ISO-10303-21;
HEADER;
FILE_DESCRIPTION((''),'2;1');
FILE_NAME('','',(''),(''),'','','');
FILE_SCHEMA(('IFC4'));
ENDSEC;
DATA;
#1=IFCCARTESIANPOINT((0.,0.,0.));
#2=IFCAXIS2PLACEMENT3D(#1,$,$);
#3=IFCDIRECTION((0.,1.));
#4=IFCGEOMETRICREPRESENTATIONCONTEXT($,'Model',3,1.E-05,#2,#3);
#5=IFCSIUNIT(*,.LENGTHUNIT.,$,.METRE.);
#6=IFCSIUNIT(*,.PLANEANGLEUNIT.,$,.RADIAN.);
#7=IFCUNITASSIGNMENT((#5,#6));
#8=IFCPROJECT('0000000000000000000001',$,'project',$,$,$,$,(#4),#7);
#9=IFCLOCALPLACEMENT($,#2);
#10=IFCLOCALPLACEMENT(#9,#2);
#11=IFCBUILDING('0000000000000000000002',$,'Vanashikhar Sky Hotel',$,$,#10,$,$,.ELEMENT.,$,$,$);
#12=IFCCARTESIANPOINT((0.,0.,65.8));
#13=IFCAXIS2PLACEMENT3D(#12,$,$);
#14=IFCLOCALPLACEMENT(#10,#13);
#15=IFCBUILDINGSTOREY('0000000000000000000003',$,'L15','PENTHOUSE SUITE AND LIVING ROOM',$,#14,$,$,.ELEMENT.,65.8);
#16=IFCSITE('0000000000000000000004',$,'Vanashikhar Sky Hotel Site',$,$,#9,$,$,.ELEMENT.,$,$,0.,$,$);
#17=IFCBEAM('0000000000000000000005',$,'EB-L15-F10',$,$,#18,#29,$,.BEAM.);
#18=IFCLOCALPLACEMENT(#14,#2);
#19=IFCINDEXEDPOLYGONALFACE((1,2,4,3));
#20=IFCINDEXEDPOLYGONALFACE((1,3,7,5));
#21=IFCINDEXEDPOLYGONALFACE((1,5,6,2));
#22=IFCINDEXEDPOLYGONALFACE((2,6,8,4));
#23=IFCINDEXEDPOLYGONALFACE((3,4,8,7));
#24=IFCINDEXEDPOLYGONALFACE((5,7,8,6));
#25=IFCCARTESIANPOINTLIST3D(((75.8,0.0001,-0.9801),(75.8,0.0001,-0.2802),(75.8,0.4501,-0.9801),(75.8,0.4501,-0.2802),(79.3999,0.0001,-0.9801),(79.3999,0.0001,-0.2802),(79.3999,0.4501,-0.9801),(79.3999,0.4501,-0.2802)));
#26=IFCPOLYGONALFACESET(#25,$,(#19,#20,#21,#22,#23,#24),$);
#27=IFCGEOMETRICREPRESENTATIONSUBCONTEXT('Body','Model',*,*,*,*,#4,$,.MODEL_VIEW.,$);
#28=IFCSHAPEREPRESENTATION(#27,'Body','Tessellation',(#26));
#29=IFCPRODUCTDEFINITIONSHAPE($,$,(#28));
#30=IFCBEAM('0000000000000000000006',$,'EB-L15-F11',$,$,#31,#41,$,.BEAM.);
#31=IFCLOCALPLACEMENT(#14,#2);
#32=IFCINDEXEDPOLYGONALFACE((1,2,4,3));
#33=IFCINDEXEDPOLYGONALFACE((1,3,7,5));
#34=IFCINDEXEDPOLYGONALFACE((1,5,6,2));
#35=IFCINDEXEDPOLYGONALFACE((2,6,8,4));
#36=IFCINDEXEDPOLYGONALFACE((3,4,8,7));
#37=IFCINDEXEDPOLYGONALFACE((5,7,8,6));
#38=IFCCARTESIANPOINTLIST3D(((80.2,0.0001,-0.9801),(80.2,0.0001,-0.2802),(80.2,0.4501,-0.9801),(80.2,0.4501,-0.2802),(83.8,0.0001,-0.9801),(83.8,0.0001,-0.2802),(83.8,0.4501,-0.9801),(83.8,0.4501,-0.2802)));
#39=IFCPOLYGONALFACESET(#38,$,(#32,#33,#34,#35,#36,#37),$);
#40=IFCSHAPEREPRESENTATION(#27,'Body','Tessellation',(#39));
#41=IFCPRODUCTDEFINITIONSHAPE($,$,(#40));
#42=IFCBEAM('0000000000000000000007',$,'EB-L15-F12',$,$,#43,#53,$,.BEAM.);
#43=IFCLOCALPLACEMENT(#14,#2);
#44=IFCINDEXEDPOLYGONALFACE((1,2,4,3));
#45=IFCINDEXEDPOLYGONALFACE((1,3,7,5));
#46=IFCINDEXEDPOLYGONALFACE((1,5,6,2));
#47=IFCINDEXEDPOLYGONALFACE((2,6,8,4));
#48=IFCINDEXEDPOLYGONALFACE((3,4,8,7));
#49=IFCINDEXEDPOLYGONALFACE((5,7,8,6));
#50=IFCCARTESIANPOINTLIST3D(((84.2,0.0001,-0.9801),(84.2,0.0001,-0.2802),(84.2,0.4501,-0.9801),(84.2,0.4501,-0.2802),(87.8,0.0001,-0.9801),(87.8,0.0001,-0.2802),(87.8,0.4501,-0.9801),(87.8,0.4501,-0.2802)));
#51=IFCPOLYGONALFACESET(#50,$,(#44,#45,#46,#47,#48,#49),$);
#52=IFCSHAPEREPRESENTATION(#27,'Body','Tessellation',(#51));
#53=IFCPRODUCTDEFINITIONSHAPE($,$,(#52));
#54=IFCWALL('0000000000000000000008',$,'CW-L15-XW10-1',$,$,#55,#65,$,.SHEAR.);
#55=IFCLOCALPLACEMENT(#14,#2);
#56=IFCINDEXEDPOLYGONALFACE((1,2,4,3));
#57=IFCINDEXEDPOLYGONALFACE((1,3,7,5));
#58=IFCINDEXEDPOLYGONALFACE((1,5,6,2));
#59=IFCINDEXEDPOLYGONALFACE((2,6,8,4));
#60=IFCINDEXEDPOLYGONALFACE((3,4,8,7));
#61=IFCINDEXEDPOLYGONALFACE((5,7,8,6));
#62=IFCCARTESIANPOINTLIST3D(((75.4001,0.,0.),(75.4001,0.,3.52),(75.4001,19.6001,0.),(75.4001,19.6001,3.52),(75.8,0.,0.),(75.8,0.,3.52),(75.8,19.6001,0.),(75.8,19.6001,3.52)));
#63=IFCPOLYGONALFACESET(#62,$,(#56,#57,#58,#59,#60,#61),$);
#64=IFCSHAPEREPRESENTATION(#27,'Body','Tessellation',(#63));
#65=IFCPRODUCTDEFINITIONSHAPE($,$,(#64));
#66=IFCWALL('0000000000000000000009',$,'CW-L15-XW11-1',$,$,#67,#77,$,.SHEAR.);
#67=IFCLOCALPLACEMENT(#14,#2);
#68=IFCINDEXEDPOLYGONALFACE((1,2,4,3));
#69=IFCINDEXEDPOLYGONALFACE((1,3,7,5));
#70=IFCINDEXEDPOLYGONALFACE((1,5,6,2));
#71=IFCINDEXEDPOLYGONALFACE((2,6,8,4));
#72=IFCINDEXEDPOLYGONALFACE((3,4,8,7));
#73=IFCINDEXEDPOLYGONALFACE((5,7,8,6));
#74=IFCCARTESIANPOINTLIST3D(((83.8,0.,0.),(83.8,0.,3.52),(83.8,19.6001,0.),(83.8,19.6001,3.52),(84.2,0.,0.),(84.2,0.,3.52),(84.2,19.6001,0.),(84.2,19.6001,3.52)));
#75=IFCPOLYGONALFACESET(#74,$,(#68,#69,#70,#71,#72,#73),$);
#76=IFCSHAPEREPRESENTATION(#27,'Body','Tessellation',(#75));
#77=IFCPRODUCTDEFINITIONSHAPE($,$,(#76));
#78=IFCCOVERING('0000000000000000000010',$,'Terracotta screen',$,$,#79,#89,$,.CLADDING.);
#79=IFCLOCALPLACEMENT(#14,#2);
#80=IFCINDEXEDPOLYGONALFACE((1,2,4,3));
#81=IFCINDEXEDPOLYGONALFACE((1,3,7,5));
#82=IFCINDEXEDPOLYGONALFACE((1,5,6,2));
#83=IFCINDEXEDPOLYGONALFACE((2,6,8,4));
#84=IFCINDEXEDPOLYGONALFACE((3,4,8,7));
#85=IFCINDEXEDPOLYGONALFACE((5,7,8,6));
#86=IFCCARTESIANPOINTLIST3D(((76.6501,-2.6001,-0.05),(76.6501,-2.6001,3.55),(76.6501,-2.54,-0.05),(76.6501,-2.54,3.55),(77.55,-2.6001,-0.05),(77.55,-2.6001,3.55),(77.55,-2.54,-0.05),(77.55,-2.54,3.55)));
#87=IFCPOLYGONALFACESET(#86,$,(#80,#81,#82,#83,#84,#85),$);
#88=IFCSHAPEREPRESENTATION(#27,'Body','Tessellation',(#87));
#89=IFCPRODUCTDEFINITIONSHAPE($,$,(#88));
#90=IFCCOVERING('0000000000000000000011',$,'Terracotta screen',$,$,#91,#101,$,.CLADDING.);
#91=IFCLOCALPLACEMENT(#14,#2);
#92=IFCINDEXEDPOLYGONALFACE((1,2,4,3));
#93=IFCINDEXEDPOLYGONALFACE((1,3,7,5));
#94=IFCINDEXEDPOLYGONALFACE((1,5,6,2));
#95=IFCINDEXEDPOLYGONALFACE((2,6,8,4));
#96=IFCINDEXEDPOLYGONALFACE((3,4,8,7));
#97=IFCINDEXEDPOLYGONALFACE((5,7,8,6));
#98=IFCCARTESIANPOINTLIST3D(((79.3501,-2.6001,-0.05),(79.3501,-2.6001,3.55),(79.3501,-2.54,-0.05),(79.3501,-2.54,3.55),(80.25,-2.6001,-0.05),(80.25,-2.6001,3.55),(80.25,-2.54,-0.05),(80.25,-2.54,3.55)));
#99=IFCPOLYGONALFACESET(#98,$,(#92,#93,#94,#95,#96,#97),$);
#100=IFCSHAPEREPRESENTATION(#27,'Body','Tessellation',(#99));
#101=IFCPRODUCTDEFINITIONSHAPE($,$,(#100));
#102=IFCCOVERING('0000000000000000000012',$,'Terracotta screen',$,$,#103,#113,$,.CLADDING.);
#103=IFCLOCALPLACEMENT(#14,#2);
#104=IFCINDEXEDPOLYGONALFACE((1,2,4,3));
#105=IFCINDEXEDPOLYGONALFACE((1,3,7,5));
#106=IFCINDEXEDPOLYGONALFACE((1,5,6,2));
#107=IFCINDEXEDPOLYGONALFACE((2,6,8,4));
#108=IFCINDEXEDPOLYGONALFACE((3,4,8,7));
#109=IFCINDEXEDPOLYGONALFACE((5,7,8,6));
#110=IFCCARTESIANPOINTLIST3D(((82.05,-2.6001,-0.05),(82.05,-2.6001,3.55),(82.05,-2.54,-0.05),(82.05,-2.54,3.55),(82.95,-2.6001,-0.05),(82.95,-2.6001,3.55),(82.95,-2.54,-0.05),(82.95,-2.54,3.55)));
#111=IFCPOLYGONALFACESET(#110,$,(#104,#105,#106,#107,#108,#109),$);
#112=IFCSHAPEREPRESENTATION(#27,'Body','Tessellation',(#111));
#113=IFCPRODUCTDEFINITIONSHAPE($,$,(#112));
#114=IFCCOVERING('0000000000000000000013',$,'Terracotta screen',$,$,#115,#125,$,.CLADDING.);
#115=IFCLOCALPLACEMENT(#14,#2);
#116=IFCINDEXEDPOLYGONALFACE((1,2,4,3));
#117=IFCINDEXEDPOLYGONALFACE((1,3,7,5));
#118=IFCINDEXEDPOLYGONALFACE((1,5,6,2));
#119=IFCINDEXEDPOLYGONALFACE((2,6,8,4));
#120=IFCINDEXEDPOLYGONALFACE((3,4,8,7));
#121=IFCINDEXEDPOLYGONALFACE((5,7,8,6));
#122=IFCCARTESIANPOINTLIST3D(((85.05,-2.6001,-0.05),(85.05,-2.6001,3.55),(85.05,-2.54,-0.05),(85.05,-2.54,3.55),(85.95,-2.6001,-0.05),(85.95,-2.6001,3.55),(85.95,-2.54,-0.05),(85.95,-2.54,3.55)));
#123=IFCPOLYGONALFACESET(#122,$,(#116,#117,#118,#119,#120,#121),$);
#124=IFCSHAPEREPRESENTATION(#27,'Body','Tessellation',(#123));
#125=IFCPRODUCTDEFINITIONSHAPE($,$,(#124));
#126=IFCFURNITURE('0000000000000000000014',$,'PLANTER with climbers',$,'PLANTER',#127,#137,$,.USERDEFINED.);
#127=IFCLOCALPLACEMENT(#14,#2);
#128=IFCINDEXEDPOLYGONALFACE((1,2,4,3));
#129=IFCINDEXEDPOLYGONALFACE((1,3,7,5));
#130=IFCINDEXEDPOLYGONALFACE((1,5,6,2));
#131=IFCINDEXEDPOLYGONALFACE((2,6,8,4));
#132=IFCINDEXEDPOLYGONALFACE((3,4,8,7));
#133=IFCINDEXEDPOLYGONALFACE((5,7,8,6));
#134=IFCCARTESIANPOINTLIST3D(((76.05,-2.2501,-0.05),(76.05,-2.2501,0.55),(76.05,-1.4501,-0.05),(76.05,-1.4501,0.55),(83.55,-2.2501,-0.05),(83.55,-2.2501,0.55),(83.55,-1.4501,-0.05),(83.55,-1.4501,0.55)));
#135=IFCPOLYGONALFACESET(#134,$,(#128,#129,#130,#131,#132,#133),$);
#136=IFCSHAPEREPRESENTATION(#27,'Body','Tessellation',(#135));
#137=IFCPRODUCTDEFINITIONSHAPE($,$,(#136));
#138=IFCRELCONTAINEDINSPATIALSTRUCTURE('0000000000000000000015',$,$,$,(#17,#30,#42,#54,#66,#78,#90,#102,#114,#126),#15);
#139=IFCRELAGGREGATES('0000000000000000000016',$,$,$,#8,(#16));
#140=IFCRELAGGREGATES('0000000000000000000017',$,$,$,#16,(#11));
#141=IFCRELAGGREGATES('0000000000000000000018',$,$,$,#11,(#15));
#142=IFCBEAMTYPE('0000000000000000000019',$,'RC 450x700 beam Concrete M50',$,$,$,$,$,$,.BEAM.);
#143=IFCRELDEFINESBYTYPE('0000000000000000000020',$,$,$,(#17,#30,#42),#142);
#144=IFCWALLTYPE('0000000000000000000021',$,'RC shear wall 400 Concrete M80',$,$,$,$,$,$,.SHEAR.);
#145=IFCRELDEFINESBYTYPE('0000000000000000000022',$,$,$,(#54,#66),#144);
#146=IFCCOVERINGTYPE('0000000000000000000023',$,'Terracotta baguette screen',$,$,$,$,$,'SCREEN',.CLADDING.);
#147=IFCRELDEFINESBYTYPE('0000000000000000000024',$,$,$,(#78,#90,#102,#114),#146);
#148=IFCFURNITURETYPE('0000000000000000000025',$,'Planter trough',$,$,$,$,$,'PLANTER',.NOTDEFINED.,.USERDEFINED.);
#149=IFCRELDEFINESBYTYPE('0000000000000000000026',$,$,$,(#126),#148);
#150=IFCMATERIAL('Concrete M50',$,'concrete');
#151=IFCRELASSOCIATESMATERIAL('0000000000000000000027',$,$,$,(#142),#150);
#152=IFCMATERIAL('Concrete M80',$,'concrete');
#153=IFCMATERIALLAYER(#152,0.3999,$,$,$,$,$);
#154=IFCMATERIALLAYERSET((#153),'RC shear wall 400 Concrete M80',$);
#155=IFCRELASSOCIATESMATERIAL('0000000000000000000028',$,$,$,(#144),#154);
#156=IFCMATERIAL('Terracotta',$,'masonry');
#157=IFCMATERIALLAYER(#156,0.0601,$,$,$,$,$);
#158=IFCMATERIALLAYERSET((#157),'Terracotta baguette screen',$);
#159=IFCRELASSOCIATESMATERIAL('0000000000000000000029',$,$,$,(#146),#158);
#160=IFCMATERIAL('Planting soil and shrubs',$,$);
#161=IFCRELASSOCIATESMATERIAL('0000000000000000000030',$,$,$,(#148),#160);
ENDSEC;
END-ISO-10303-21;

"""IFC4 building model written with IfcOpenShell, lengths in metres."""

from ifc_helpers import new_model, si_unit, direction, frame, frame_2d, origin, origin_2d, place, context, subcontext, project, spatial, rectangle, extrude, source, transform, mapped, material, layer, layer_set, material_profile, profile_set, type_object, element, save


model = new_model("IFC4")

# Units and contexts
model_context = context("Model", 3, precision=1e-05, world=origin(), true_north=direction((0.0, 1.0)))
body_context = subcontext(model_context, "Body", "Model", "MODEL_VIEW")
ifc_project = project(units=[si_unit("LENGTHUNIT", "METRE"), si_unit("PLANEANGLEUNIT", "RADIAN")], contexts=[model_context])

# Site, building, storey
site_placement = place(None, origin())
site = spatial("IfcSite", under=ifc_project, at=site_placement, Name="Vanashikhar Sky Hotel Site", CompositionType="ELEMENT", RefElevation=0.0)
building_placement = place(site_placement, origin())
building = spatial("IfcBuilding", under=site, at=building_placement, Name="Vanashikhar Sky Hotel", CompositionType="ELEMENT")
storey_placement = place(building_placement, frame((0.0, 0.0, 65.8)))
storey = spatial("IfcBuildingStorey", under=building, at=storey_placement, Name="L15", Description="PENTHOUSE SUITE AND LIVING ROOM", CompositionType="ELEMENT", Elevation=65.8)

# Beams
ifc_material_1 = material(Name="Concrete M50", Category="concrete")
ifc_material_profile = material_profile(ifc_material_1, rectangle(XDim=0.45, YDim=0.7, at=origin_2d()))
ifc_profile_set = profile_set([ifc_material_profile], Name="RC 450x700 beam Concrete M50")
beam_type = type_object("IfcBeamType", Name="RC 450x700 beam Concrete M50", PredefinedType="BEAM", material=ifc_profile_set)
shared_shape_1 = source(origin(), body_context, "Body", "SweptSolid", [
    extrude(rectangle(XDim=0.45, YDim=0.7, at=origin_2d()), origin(), (0.0, 0.0, 1.0), 3.5999),
])
beam_placement = place(storey_placement, frame((75.8, 0.2251, -0.6301), z_axis=(1.0, 0.0, 0.0), x_axis=(0.0, 1.0, 0.0)))
element("IfcBeam", 1, at=beam_placement, inside=storey, type_object=beam_type, Name="EB-L15-F10", PredefinedType="BEAM", context=body_context, shape_type="MappedRepresentation", body=[
    mapped(shared_shape_1, transform((0.0, 0.0, 0.0), scale=1.0)),
])
shared_shape_2 = source(origin(), body_context, "Body", "SweptSolid", [
    extrude(rectangle(XDim=0.45, YDim=0.7, at=origin_2d()), origin(), (0.0, 0.0, 1.0), 3.6001),
])
for number, where, z_axis, x_axis, name in (
    (2, (80.2, 0.2251, -0.6301), (1.0, 0.0, 0.0), (0.0, 1.0, 0.0), "EB-L15-F11"),
    (3, (84.2, 0.2251, -0.6301), (1.0, 0.0, 0.0), (0.0, 1.0, 0.0), "EB-L15-F12"),
):
    element("IfcBeam", number, at=place(storey_placement, frame(where, z_axis=z_axis, x_axis=x_axis)), inside=storey, type_object=beam_type, Name=name, PredefinedType="BEAM", context=body_context, shape_type="MappedRepresentation", body=[
        mapped(shared_shape_2, transform((0.0, 0.0, 0.0), scale=1.0)),
    ])

# Walls
ifc_material_2 = material(Name="Concrete M80", Category="concrete")
ifc_layer_1 = layer(ifc_material_2, 0.3999)
ifc_layer_set_1 = layer_set([ifc_layer_1], Name="RC shear wall 400 Concrete M80")
wall_type_1 = type_object("IfcWallType", Name="RC shear wall 400 Concrete M80", PredefinedType="SHEAR", material=ifc_layer_set_1)
shared_shape_3 = source(origin(), body_context, "Body", "SweptSolid", [
    extrude(rectangle(XDim=19.6001, YDim=0.3999, at=frame_2d((9.8, 0.0))), origin(), (0.0, 0.0, 1.0), 3.52),
])
for number, where, z_axis, x_axis, name in (
    (4, (75.6001, 0.0, 0.0), (0.0, 0.0, 1.0), (0.0, 1.0, 0.0), "CW-L15-XW10-1"),
    (5, (84.0, 0.0, 0.0), (0.0, 0.0, 1.0), (0.0, 1.0, 0.0), "CW-L15-XW11-1"),
):
    element("IfcWall", number, at=place(storey_placement, frame(where, z_axis=z_axis, x_axis=x_axis)), inside=storey, type_object=wall_type_1, Name=name, PredefinedType="SHEAR", context=body_context, shape_type="MappedRepresentation", body=[
        mapped(shared_shape_3, transform((0.0, 0.0, 0.0), scale=1.0)),
    ])

# Coverings
ifc_material_3 = material(Name="Terracotta", Category="masonry")
ifc_layer_2 = layer(ifc_material_3, 0.0601)
ifc_layer_set_2 = layer_set([ifc_layer_2], Name="Terracotta baguette screen")
covering_type = type_object("IfcCoveringType", Name="Terracotta baguette screen", ElementType="SCREEN", PredefinedType="CLADDING", material=ifc_layer_set_2)
shared_shape_4 = source(origin(), body_context, "Body", "SweptSolid", [
    extrude(rectangle(XDim=0.8999, YDim=0.0601, at=origin_2d()), origin(), (0.0, 0.0, 1.0), 3.6001),
])
for number, where, z_axis, x_axis, name in (
    (6, (77.1001, -2.5701, -0.05), (0.0, 0.0, 1.0), (1.0, 0.0, 0.0), "Terracotta screen"),
    (7, (79.8, -2.5701, -0.05), (0.0, 0.0, 1.0), (1.0, 0.0, 0.0), "Terracotta screen"),
    (8, (82.5, -2.5701, -0.05), (0.0, 0.0, 1.0), (1.0, 0.0, 0.0), "Terracotta screen"),
    (9, (85.5, -2.5701, -0.05), (0.0, 0.0, 1.0), (1.0, 0.0, 0.0), "Terracotta screen"),
):
    element("IfcCovering", number, at=place(storey_placement, frame(where, z_axis=z_axis, x_axis=x_axis)), inside=storey, type_object=covering_type, Name=name, PredefinedType="CLADDING", context=body_context, shape_type="MappedRepresentation", body=[
        mapped(shared_shape_4, transform((0.0, 0.0, 0.0), scale=1.0)),
    ])

# Furniture
ifc_material_4 = material(Name="Planting soil and shrubs")
furniture_type = type_object("IfcFurnitureType", Name="Planter trough", ElementType="PLANTER", AssemblyPlace="NOTDEFINED", PredefinedType="USERDEFINED", material=ifc_material_4)
shared_shape_5 = source(origin(), body_context, "Body", "SweptSolid", [
    extrude(rectangle(XDim=7.5, YDim=0.8, at=origin_2d()), origin(), (0.0, 0.0, 1.0), 0.6001),
])
furniture_placement = place(storey_placement, frame((79.8, -1.8501, -0.05), z_axis=(0.0, 0.0, 1.0), x_axis=(1.0, 0.0, 0.0)))
element("IfcFurniture", 10, at=furniture_placement, inside=storey, type_object=furniture_type, Name="PLANTER with climbers", ObjectType="PLANTER", PredefinedType="USERDEFINED", context=body_context, shape_type="MappedRepresentation", body=[
    mapped(shared_shape_5, transform((0.0, 0.0, 0.0), scale=1.0)),
])

save(model, "model.ifc")
